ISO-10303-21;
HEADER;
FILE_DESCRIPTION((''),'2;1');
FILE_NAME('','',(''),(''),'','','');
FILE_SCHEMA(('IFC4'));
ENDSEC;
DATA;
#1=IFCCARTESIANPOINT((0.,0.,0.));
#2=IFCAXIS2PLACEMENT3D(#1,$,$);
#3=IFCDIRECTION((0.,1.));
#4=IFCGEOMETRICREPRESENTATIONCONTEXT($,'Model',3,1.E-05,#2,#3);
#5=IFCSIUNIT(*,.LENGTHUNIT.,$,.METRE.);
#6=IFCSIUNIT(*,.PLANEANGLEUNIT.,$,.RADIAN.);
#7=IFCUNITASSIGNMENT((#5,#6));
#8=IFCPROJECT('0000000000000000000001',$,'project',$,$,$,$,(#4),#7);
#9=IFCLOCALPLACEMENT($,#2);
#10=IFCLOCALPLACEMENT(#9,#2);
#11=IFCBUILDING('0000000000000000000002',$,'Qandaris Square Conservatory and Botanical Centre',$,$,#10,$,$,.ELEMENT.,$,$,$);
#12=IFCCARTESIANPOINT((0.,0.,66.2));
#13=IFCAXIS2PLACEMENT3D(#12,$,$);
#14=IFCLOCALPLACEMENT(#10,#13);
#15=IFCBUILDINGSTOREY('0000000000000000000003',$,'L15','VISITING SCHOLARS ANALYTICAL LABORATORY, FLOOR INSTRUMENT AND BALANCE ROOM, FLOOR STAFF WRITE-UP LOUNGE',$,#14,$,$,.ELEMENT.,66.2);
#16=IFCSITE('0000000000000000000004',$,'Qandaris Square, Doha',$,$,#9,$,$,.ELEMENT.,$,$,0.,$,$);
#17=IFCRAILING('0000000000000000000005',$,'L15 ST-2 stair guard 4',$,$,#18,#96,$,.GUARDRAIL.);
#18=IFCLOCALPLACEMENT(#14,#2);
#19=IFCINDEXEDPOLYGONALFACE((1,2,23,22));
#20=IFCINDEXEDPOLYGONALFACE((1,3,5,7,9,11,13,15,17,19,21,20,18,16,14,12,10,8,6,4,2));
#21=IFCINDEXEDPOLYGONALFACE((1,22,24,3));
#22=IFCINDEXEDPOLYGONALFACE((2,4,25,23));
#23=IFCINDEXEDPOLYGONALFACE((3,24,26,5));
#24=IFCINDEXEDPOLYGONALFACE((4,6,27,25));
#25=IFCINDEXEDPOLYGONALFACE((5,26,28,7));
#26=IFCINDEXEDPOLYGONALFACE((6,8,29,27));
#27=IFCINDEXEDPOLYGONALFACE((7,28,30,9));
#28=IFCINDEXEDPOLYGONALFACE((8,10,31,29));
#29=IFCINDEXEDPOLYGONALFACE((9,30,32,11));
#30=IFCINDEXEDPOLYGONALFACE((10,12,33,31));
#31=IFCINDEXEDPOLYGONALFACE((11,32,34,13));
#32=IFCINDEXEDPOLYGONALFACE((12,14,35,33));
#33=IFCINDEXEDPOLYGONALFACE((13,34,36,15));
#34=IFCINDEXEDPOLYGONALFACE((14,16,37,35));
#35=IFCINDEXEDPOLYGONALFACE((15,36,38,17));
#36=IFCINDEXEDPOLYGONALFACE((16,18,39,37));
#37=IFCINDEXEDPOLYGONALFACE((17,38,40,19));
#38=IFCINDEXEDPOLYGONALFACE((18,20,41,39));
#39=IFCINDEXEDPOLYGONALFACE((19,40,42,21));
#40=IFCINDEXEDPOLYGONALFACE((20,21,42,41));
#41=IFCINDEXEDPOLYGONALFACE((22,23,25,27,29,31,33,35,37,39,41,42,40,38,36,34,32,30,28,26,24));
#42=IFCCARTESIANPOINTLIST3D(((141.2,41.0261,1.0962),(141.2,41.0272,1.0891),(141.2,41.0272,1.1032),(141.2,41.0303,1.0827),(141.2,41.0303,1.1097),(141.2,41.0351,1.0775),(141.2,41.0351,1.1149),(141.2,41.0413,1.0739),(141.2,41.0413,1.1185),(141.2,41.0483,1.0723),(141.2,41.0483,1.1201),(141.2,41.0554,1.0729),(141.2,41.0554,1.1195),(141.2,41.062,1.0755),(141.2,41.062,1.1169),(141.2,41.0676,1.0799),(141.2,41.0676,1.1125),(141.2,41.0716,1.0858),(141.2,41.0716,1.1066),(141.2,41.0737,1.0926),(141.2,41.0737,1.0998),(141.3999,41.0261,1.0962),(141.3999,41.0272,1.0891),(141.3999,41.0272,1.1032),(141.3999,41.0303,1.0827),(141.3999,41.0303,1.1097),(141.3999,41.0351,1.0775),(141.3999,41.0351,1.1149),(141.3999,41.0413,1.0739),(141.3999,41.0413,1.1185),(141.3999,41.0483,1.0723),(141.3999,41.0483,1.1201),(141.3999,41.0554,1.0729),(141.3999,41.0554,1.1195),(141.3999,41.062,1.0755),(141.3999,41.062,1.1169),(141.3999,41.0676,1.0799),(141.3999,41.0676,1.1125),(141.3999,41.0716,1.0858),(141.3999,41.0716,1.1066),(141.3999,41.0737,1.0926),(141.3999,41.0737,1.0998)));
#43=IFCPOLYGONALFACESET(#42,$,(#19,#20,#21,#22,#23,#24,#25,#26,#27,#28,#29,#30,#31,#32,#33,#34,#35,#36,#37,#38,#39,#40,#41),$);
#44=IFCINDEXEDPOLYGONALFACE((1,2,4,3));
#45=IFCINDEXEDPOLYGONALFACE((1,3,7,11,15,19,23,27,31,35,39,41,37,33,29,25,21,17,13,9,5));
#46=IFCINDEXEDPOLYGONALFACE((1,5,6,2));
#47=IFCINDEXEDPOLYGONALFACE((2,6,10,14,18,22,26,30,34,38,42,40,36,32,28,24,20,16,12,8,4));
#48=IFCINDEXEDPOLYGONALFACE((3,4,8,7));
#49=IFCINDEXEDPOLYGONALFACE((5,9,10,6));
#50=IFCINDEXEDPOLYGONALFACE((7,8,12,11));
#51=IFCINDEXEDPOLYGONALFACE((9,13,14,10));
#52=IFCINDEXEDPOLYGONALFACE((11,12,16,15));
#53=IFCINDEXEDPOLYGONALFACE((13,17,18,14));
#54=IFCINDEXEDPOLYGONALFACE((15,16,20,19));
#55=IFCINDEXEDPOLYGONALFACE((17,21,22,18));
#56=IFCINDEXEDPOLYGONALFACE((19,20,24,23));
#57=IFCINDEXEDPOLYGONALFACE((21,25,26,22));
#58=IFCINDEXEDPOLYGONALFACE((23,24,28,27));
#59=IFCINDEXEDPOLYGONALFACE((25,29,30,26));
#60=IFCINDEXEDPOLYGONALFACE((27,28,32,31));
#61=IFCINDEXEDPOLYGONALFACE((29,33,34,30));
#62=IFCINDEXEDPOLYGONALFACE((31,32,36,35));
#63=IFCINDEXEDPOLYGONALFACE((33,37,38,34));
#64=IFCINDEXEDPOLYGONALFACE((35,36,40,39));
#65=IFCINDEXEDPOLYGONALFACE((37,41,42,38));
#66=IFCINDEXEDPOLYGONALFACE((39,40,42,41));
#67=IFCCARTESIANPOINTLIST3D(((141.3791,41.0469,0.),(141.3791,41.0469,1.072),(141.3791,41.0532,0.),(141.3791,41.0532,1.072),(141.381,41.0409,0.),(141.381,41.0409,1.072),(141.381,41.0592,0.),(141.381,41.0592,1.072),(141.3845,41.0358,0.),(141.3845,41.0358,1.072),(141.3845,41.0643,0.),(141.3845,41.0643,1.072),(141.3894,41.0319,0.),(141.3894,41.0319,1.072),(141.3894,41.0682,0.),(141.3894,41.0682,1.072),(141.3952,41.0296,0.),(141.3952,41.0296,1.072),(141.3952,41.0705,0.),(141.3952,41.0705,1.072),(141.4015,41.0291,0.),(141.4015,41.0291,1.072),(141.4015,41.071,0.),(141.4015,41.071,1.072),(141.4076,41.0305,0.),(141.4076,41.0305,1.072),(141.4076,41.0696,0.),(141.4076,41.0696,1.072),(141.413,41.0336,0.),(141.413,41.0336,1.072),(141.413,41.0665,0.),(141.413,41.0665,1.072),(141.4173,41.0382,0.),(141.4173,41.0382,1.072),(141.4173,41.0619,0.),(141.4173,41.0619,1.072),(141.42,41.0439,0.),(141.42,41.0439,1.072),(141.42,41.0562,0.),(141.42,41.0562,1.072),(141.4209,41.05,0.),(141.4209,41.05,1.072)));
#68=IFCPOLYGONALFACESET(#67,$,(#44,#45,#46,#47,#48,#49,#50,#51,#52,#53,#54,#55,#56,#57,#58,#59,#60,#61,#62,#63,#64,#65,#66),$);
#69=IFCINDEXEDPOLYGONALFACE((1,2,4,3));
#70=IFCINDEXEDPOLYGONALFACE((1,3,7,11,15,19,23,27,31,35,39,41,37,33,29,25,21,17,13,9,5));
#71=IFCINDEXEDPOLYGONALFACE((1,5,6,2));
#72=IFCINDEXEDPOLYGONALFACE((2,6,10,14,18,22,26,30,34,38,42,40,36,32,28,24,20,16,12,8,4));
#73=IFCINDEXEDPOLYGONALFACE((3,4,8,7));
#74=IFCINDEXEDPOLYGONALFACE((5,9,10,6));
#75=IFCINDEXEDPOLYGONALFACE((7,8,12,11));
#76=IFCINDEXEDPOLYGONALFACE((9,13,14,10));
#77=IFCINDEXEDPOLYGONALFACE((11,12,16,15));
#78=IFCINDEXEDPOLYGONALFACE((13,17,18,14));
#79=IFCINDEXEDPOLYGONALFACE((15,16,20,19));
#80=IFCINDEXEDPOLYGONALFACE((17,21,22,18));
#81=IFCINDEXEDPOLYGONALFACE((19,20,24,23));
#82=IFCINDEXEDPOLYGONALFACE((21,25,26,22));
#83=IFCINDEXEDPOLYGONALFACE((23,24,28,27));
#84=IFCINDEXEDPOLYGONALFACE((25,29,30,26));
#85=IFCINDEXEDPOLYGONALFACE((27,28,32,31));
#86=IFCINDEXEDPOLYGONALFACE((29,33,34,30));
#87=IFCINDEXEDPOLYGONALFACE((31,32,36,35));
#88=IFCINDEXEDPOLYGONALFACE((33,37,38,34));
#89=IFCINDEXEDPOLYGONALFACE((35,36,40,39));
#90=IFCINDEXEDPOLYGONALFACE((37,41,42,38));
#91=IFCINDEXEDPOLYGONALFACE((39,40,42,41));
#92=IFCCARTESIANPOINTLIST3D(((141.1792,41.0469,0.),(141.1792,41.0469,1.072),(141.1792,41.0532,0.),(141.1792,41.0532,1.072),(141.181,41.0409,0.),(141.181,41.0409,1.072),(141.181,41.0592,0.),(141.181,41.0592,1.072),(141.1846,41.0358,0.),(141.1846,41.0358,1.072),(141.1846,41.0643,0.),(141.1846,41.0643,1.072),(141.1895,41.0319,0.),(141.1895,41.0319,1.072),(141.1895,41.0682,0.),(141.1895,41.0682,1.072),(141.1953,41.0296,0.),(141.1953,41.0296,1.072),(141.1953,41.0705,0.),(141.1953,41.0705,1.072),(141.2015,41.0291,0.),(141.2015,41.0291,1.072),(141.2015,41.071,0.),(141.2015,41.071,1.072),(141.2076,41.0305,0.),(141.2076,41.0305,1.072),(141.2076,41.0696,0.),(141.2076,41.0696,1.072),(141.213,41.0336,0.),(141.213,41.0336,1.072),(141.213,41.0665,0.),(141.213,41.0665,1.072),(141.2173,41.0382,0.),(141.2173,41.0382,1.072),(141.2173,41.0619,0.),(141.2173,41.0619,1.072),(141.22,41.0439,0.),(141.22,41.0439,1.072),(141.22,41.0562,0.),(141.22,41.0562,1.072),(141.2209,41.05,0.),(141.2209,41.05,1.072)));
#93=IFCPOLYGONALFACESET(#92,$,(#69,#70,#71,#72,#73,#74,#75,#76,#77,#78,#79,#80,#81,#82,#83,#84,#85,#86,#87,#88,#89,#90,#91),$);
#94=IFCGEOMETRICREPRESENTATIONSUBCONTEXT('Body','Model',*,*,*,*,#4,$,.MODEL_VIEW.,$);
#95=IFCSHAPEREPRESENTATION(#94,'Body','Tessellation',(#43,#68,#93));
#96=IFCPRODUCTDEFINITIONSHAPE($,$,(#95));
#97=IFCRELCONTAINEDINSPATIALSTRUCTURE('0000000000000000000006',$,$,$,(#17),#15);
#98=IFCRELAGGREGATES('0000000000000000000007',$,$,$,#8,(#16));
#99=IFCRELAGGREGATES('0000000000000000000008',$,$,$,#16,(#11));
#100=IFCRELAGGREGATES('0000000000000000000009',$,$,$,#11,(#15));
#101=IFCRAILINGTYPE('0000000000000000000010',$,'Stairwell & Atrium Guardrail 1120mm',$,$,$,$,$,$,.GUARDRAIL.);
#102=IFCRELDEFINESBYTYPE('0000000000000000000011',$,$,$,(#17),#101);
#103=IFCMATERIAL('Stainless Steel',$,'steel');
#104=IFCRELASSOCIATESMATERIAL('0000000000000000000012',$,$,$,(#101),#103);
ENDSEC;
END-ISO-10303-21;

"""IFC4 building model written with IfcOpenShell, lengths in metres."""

from ifc_helpers import new_model, si_unit, direction, frame, origin, origin_2d, place, context, subcontext, project, spatial, circle, extrude, material, type_object, element, save


model = new_model("IFC4")

# Units and contexts
model_context = context("Model", 3, precision=1e-05, world=origin(), true_north=direction((0.0, 1.0)))
body_context = subcontext(model_context, "Body", "Model", "MODEL_VIEW")
ifc_project = project(units=[si_unit("LENGTHUNIT", "METRE"), si_unit("PLANEANGLEUNIT", "RADIAN")], contexts=[model_context])

# Site, building, storey
site_placement = place(None, origin())
site = spatial("IfcSite", under=ifc_project, at=site_placement, Name="Qandaris Square, Doha", CompositionType="ELEMENT", RefElevation=0.0)
building_placement = place(site_placement, origin())
building = spatial("IfcBuilding", under=site, at=building_placement, Name="Qandaris Square Conservatory and Botanical Centre", CompositionType="ELEMENT")
storey_placement = place(building_placement, frame((0.0, 0.0, 66.2)))
storey = spatial("IfcBuildingStorey", under=building, at=storey_placement, Name="L15", Description="VISITING SCHOLARS ANALYTICAL LABORATORY, FLOOR INSTRUMENT AND BALANCE ROOM, FLOOR STAFF WRITE-UP LOUNGE", CompositionType="ELEMENT", Elevation=66.2)

# Railing
ifc_material_1 = material(Name="Stainless Steel", Category="steel")
railing_type_1 = type_object("IfcRailingType", Name="Stairwell & Atrium Guardrail 1120mm", PredefinedType="GUARDRAIL", material=ifc_material_1)
railing_1_placement = place(storey_placement, frame((141.3999, 41.05, 0.0)))
element("IfcRailing", 1, at=railing_1_placement, inside=storey, type_object=railing_type_1, Name="L15 ST-2 stair guard 4", PredefinedType="GUARDRAIL", context=body_context, shape_type="SweptSolid", body=[
    extrude(circle(Radius=0.0239, at=origin_2d()), frame((0.0, 0.0, 1.0962), z_axis=(-1.0, 0.0, 0.0), x_axis=(0.0, -1.0, 0.0)), (0.0, 0.0, 1.0), 0.2),
    extrude(circle(Radius=0.021, at=origin_2d()), origin(), (0.0, 0.0, 1.0), 1.072),
    extrude(circle(Radius=0.021, at=origin_2d()), frame((-0.2, 0.0, 0.0)), (0.0, 0.0, 1.0), 1.072),
])

save(model, "model.ifc")
